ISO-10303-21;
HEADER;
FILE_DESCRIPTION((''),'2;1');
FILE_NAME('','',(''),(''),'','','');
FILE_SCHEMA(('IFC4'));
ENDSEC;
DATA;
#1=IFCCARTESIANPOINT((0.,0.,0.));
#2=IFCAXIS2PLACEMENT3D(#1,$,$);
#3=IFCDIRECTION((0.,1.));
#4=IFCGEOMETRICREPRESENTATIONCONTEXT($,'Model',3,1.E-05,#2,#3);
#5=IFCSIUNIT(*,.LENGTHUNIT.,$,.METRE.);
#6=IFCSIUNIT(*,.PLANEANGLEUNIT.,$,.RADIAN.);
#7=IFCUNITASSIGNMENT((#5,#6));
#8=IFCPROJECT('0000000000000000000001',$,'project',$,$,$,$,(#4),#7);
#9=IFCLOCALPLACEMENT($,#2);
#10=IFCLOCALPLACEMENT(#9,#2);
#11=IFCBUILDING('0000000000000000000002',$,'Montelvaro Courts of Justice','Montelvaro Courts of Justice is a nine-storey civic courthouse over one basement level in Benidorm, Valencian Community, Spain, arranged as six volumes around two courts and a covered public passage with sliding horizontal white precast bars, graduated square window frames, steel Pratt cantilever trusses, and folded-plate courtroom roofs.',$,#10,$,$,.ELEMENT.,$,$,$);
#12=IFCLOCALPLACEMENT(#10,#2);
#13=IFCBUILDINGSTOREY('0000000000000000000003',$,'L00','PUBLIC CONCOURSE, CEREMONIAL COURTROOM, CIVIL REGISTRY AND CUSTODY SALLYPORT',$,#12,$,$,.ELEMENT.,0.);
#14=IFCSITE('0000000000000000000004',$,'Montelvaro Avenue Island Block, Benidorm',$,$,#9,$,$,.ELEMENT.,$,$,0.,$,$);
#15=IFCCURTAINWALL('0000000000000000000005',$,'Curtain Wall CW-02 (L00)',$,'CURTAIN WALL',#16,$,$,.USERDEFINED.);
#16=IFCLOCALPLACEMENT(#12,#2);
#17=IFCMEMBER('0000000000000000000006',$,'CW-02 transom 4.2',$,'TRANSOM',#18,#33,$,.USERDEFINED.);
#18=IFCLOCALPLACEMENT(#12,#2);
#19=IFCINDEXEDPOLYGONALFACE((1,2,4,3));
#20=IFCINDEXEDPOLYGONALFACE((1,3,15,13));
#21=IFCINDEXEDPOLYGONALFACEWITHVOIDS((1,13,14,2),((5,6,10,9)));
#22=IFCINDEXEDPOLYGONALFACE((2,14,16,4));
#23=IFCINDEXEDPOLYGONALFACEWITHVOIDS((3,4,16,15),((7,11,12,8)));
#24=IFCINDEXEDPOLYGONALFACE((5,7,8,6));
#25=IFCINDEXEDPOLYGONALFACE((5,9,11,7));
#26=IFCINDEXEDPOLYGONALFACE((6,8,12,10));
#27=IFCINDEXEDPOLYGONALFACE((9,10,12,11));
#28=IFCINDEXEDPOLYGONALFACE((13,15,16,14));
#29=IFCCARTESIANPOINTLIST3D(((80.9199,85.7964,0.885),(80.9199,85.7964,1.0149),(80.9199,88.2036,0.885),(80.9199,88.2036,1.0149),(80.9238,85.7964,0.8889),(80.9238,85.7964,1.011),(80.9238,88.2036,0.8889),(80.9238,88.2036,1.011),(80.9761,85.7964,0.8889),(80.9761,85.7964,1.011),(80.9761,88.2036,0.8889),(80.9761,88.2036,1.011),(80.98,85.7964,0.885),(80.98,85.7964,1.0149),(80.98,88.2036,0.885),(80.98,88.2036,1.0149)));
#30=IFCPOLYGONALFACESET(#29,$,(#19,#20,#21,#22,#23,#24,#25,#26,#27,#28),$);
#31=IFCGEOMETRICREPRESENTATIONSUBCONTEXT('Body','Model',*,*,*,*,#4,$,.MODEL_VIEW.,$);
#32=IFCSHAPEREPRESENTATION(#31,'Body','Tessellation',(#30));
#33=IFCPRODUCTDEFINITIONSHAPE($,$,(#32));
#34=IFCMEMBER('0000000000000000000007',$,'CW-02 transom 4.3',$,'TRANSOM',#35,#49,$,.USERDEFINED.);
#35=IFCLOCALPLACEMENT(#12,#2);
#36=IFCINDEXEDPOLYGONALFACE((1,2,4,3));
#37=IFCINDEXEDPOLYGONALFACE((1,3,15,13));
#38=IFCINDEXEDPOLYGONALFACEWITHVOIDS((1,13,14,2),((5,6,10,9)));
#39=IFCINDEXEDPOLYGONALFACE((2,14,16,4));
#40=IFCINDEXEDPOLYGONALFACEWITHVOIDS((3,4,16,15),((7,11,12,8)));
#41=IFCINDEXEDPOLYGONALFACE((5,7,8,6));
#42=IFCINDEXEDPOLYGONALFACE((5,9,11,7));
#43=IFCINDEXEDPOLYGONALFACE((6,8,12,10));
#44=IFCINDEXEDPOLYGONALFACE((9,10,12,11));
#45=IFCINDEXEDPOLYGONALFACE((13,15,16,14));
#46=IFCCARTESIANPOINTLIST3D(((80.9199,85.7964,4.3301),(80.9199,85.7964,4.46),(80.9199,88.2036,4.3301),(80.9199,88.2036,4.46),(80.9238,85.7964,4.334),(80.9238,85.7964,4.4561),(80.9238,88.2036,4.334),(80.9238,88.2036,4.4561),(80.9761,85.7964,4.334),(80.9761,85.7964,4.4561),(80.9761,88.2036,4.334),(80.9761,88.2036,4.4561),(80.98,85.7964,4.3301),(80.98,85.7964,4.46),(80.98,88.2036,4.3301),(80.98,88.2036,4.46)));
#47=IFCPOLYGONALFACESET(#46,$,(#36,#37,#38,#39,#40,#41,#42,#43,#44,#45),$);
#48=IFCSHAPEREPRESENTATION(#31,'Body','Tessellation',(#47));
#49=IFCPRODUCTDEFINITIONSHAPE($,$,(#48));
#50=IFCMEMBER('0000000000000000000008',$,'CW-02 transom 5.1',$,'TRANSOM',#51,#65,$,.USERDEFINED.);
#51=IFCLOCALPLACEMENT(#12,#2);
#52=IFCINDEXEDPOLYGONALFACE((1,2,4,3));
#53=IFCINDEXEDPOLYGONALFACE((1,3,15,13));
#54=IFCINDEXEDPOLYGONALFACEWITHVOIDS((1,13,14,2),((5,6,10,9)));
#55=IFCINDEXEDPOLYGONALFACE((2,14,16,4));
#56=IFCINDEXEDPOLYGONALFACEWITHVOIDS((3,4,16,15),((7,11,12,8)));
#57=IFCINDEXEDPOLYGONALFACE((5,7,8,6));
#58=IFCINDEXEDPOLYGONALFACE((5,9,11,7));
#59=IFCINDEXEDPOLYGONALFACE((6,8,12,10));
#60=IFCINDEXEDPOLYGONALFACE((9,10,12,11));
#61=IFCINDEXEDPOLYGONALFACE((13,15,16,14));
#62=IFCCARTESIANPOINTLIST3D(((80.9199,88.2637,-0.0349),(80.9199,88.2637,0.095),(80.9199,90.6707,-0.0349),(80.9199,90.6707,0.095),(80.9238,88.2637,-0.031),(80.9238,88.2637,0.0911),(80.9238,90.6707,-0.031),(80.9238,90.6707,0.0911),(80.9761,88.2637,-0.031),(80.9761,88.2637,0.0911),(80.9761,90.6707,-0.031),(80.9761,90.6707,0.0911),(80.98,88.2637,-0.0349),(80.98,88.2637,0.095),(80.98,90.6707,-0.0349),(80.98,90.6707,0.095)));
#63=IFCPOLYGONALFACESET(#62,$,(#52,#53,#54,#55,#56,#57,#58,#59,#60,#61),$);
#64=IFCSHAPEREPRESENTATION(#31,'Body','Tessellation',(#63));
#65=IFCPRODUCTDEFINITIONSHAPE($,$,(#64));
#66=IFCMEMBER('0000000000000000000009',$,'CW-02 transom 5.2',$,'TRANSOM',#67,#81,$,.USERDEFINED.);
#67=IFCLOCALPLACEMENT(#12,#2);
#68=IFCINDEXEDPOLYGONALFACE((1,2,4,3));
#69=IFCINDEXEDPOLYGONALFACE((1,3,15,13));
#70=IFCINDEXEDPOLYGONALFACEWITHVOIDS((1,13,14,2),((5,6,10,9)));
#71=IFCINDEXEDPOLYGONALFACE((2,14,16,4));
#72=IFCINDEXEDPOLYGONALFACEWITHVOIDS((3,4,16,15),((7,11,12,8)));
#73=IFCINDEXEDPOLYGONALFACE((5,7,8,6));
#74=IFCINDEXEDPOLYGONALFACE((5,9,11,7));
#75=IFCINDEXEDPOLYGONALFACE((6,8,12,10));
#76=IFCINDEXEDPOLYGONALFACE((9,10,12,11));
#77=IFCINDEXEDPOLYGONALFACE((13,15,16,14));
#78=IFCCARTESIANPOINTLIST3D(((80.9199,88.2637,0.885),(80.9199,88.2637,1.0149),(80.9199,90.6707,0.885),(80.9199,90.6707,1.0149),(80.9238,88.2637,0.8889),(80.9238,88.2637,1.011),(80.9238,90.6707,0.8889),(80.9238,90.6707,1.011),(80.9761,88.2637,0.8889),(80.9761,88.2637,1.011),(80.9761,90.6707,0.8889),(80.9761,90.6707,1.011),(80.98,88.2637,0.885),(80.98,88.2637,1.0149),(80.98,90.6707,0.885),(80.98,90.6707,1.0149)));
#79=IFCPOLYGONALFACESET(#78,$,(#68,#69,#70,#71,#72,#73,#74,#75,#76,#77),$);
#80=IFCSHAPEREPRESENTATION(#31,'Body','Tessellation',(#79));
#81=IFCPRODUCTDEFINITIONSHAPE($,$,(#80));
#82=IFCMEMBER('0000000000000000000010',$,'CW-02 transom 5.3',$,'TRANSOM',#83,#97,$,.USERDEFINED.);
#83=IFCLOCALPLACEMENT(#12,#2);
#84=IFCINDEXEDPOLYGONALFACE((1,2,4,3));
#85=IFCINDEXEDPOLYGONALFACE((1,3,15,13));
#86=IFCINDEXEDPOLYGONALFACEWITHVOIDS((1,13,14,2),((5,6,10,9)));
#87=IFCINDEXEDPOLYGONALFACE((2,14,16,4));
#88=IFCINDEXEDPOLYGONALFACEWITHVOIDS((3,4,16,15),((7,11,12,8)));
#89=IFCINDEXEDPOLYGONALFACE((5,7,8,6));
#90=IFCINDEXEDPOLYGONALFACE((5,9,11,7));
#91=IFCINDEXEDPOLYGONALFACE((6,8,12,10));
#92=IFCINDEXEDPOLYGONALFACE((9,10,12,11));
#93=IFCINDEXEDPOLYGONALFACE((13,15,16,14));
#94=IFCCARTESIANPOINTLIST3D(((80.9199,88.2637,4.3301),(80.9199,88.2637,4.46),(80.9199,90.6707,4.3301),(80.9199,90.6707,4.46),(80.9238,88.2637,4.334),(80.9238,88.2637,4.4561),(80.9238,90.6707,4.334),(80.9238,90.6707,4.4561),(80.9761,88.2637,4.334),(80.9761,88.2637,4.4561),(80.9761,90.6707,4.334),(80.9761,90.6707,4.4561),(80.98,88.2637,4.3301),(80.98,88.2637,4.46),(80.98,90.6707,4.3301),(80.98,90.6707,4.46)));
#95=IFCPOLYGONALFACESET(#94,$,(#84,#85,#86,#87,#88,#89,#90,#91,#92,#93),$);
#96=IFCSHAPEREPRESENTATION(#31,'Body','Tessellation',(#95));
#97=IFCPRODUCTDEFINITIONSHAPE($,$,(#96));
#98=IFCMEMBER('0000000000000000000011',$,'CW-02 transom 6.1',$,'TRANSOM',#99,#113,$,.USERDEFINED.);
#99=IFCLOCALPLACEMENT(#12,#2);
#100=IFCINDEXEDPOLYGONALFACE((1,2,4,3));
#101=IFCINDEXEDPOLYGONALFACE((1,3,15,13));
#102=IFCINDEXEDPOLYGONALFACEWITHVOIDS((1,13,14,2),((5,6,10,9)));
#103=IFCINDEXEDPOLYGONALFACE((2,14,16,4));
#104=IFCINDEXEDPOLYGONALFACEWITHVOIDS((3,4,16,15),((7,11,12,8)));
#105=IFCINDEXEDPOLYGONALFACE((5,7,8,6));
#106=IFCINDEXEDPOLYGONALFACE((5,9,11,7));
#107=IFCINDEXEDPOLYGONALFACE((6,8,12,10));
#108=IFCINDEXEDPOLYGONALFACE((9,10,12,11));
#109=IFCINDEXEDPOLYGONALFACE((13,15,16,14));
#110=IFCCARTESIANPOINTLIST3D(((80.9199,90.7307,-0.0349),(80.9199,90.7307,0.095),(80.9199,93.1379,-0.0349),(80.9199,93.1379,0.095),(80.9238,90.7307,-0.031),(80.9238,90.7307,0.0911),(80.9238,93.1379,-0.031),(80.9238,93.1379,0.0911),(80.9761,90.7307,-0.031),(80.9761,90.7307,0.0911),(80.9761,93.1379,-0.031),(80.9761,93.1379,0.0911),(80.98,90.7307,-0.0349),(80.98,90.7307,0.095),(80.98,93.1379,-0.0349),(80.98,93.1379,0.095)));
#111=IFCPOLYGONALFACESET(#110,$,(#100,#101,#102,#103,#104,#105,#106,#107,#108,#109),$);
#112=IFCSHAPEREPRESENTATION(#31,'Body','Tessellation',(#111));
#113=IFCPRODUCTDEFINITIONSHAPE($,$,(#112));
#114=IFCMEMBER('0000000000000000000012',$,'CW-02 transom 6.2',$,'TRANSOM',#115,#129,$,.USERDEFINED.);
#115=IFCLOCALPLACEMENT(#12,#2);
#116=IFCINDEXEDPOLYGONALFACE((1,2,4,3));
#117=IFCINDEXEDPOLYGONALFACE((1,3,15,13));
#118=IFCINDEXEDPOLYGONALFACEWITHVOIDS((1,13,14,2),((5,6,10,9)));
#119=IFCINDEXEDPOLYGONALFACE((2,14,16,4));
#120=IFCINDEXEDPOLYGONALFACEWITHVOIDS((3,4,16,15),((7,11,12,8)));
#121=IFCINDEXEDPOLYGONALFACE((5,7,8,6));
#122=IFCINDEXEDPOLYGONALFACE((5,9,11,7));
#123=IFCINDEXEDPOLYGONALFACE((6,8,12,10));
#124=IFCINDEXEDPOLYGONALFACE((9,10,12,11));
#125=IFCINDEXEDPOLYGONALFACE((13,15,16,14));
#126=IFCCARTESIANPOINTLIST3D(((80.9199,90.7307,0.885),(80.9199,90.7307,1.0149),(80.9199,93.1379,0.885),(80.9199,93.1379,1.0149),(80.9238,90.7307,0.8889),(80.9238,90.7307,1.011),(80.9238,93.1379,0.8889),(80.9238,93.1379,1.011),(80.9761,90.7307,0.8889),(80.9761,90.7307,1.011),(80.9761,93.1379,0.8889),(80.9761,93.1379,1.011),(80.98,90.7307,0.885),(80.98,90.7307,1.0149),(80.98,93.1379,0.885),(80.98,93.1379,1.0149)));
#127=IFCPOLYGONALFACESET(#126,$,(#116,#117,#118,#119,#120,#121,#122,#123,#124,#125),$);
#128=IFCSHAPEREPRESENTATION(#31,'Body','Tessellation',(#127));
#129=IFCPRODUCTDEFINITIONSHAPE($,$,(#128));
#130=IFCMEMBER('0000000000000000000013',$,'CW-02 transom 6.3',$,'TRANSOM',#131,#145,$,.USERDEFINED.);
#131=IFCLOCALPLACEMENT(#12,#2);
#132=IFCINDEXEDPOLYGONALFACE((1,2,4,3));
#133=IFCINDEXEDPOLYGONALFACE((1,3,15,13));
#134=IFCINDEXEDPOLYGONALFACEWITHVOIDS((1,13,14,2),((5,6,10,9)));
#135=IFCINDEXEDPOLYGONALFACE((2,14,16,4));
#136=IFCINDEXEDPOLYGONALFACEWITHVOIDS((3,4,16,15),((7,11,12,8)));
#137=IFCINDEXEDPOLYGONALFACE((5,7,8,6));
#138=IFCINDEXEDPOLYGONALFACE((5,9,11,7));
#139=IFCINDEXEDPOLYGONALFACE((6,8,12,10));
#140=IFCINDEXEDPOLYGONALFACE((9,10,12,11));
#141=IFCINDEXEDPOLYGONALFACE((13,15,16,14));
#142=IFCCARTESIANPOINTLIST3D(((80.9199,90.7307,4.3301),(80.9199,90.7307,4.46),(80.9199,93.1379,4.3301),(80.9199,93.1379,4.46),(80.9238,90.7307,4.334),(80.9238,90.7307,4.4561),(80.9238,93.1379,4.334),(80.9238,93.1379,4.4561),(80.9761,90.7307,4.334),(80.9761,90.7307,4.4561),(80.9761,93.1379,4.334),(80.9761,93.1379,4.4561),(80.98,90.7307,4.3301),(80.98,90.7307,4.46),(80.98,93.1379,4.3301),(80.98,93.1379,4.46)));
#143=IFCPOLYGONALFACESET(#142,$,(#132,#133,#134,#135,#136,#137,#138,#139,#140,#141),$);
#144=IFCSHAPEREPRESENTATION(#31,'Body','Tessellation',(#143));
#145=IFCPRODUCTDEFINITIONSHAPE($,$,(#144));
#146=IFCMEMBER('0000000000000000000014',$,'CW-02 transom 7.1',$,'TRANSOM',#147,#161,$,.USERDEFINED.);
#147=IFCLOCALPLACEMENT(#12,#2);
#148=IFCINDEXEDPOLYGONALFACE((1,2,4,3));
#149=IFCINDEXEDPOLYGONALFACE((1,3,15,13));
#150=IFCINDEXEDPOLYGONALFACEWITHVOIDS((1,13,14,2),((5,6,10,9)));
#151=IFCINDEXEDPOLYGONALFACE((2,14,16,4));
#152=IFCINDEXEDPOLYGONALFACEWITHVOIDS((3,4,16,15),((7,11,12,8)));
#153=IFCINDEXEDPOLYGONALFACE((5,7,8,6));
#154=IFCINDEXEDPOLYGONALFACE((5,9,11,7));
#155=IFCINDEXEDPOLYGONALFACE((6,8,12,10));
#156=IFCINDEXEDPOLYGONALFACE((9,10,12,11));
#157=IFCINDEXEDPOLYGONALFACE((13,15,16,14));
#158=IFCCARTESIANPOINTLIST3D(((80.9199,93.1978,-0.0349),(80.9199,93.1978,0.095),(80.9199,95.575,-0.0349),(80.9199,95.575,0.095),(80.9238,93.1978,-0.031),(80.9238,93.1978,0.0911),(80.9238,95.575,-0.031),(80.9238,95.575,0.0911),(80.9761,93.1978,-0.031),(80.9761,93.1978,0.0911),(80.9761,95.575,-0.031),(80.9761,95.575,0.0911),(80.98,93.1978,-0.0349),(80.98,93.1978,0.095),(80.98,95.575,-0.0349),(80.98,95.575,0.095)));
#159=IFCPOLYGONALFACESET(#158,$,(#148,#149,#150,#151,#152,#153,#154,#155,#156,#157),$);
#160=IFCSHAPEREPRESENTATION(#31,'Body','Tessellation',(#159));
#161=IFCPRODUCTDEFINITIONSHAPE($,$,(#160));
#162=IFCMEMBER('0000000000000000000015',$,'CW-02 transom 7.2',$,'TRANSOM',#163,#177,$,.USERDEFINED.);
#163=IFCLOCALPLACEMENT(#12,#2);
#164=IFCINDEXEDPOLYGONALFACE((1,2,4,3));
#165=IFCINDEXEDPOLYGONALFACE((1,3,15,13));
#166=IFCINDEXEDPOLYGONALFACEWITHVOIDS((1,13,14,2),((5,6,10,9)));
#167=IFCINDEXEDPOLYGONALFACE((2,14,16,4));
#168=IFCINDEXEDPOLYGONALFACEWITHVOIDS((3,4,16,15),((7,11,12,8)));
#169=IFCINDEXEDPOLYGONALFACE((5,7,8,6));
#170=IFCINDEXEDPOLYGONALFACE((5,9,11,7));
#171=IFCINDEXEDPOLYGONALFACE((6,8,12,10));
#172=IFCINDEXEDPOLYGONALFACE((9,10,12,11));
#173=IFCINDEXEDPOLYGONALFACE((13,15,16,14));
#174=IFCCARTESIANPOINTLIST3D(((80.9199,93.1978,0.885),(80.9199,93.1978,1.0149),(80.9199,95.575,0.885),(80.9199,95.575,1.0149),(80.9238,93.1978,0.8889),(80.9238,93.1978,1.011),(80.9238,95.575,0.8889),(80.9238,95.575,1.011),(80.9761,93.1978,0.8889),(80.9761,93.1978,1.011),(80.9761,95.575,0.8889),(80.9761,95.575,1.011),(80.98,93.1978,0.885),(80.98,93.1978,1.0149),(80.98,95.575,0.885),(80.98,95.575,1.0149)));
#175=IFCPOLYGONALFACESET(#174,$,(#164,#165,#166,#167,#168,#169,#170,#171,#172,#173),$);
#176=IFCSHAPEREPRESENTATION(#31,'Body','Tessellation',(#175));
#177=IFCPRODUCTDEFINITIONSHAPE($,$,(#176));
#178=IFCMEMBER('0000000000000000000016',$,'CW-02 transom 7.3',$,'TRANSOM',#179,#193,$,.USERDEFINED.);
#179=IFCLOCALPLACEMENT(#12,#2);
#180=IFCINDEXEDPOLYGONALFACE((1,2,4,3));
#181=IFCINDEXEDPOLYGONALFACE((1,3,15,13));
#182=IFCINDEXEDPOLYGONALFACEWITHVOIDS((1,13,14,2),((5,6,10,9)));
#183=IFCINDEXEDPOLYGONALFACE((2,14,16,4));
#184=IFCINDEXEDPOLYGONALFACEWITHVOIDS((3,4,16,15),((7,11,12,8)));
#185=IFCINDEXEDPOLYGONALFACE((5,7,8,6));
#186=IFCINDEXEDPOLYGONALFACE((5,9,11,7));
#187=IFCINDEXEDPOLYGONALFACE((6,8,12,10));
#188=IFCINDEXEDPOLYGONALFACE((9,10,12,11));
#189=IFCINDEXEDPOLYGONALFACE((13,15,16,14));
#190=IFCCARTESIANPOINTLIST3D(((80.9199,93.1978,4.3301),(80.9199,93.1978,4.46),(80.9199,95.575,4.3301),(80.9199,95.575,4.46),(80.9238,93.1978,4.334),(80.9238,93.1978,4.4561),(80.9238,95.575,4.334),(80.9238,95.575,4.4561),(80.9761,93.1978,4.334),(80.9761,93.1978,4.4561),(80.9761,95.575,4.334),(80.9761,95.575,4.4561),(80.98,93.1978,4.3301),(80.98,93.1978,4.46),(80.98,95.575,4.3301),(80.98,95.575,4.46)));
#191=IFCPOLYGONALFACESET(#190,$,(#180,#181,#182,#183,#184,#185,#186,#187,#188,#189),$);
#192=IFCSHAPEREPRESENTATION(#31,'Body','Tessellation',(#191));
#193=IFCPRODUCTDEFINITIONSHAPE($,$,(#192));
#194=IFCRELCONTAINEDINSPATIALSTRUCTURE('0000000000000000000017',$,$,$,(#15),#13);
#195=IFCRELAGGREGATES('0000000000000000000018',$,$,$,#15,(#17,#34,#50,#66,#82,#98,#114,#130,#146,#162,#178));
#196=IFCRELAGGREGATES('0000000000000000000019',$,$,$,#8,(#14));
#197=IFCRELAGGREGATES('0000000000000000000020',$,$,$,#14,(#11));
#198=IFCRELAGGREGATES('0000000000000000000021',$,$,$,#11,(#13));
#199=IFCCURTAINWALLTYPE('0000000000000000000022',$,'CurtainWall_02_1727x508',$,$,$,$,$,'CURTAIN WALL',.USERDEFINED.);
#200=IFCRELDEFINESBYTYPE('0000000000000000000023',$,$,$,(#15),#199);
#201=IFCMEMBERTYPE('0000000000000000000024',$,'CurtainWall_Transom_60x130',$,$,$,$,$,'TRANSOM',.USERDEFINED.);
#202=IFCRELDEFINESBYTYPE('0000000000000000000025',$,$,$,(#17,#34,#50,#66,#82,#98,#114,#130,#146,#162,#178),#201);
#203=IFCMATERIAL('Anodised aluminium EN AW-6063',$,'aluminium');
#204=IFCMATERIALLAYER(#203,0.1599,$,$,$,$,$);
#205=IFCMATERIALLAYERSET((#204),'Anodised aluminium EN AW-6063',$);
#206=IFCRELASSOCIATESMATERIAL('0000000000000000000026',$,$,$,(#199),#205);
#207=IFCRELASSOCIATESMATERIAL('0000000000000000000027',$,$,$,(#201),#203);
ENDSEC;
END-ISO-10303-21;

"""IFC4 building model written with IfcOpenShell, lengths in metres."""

from ifc_helpers import new_model, si_unit, direction, frame, origin, origin_2d, place, context, subcontext, project, spatial, hollow_rectangle, extrude, material, layer, layer_set, material_profile, profile_set, type_object, element, aggregate, save


model = new_model("IFC4")

# Units and contexts
model_context = context("Model", 3, precision=1e-05, world=origin(), true_north=direction((0.0, 1.0)))
body_context = subcontext(model_context, "Body", "Model", "MODEL_VIEW")
ifc_project = project(units=[si_unit("LENGTHUNIT", "METRE"), si_unit("PLANEANGLEUNIT", "RADIAN")], contexts=[model_context])

# Site, building, storey
site_placement = place(None, origin())
site = spatial("IfcSite", under=ifc_project, at=site_placement, Name="Montelvaro Avenue Island Block, Benidorm", CompositionType="ELEMENT", RefElevation=0.0)
building_placement = place(site_placement, origin())
building = spatial("IfcBuilding", under=site, at=building_placement, Name="Montelvaro Courts of Justice", Description="Montelvaro Courts of Justice is a nine-storey civic courthouse over one basement level in Benidorm, Valencian Community, Spain, arranged as six volumes around two courts and a covered public passage with sliding horizontal white precast bars, graduated square window frames, steel Pratt cantilever trusses, and folded-plate courtroom roofs.", CompositionType="ELEMENT")
storey_placement = place(building_placement, origin())
storey = spatial("IfcBuildingStorey", under=building, at=storey_placement, Name="L00", Description="PUBLIC CONCOURSE, CEREMONIAL COURTROOM, CIVIL REGISTRY AND CUSTODY SALLYPORT", CompositionType="ELEMENT", Elevation=0.0)

# Curtain wall
ifc_material_1 = material(Name="Anodised aluminium EN AW-6063", Category="aluminium")
ifc_layer_1 = layer(ifc_material_1, 0.1599)
ifc_layer_set_1 = layer_set([ifc_layer_1], Name="Anodised aluminium EN AW-6063")
curtain_wall_type_1 = type_object("IfcCurtainWallType", Name="CurtainWall_02_1727x508", ElementType="CURTAIN WALL", PredefinedType="USERDEFINED", material=ifc_layer_set_1)
curtain_wall_1_placement = place(storey_placement, origin())
curtain_wall_1 = element("IfcCurtainWall", 1, at=curtain_wall_1_placement, inside=storey, type_object=curtain_wall_type_1, Name="Curtain Wall CW-02 (L00)", ObjectType="CURTAIN WALL", PredefinedType="USERDEFINED")

# Members
ifc_material_profile_1 = material_profile(ifc_material_1, hollow_rectangle(XDim=0.0601, YDim=0.1299, WallThickness=0.0039, at=origin_2d()), Name="ALU-T 60x130")
ifc_profile_set_1 = profile_set([ifc_material_profile_1], Name="Anodised aluminium EN AW-6063")
member_type_1 = type_object("IfcMemberType", Name="CurtainWall_Transom_60x130", ElementType="TRANSOM", PredefinedType="USERDEFINED", material=ifc_profile_set_1)
member_1_placement = place(storey_placement, frame((80.95, 85.7964, 0.95), z_axis=(0.0, 1.0, 0.0), x_axis=(-1.0, 0.0, 0.0)))
member_1 = element("IfcMember", 2, at=member_1_placement, type_object=member_type_1, Name="CW-02 transom 4.2", ObjectType="TRANSOM", PredefinedType="USERDEFINED", context=body_context, shape_type="SweptSolid", body=[
    extrude(hollow_rectangle(XDim=0.0601, YDim=0.1299, WallThickness=0.0039, at=origin_2d()), origin(), (0.0, 0.0, 1.0), 2.4072),
])
member_2_placement = place(storey_placement, frame((80.95, 85.7964, 4.395), z_axis=(0.0, 1.0, 0.0), x_axis=(-1.0, 0.0, 0.0)))
member_2 = element("IfcMember", 3, at=member_2_placement, type_object=member_type_1, Name="CW-02 transom 4.3", ObjectType="TRANSOM", PredefinedType="USERDEFINED", context=body_context, shape_type="SweptSolid", body=[
    extrude(hollow_rectangle(XDim=0.0601, YDim=0.1299, WallThickness=0.0039, at=origin_2d()), origin(), (0.0, 0.0, 1.0), 2.4072),
])
member_3_placement = place(storey_placement, frame((80.95, 88.2637, 0.03), z_axis=(0.0, 1.0, 0.0), x_axis=(-1.0, 0.0, 0.0)))
member_3 = element("IfcMember", 4, at=member_3_placement, type_object=member_type_1, Name="CW-02 transom 5.1", ObjectType="TRANSOM", PredefinedType="USERDEFINED", context=body_context, shape_type="SweptSolid", body=[
    extrude(hollow_rectangle(XDim=0.0601, YDim=0.1299, WallThickness=0.0039, at=origin_2d()), origin(), (0.0, 0.0, 1.0), 2.407),
])
member_4_placement = place(storey_placement, frame((80.95, 88.2637, 0.95), z_axis=(0.0, 1.0, 0.0), x_axis=(-1.0, 0.0, 0.0)))
member_4 = element("IfcMember", 5, at=member_4_placement, type_object=member_type_1, Name="CW-02 transom 5.2", ObjectType="TRANSOM", PredefinedType="USERDEFINED", context=body_context, shape_type="SweptSolid", body=[
    extrude(hollow_rectangle(XDim=0.0601, YDim=0.1299, WallThickness=0.0039, at=origin_2d()), origin(), (0.0, 0.0, 1.0), 2.407),
])
member_5_placement = place(storey_placement, frame((80.95, 88.2637, 4.395), z_axis=(0.0, 1.0, 0.0), x_axis=(-1.0, 0.0, 0.0)))
member_5 = element("IfcMember", 6, at=member_5_placement, type_object=member_type_1, Name="CW-02 transom 5.3", ObjectType="TRANSOM", PredefinedType="USERDEFINED", context=body_context, shape_type="SweptSolid", body=[
    extrude(hollow_rectangle(XDim=0.0601, YDim=0.1299, WallThickness=0.0039, at=origin_2d()), origin(), (0.0, 0.0, 1.0), 2.407),
])
member_6_placement = place(storey_placement, frame((80.95, 90.7307, 0.03), z_axis=(0.0, 1.0, 0.0), x_axis=(-1.0, 0.0, 0.0)))
member_6 = element("IfcMember", 7, at=member_6_placement, type_object=member_type_1, Name="CW-02 transom 6.1", ObjectType="TRANSOM", PredefinedType="USERDEFINED", context=body_context, shape_type="SweptSolid", body=[
    extrude(hollow_rectangle(XDim=0.0601, YDim=0.1299, WallThickness=0.0039, at=origin_2d()), origin(), (0.0, 0.0, 1.0), 2.4072),
])
member_7_placement = place(storey_placement, frame((80.95, 90.7307, 0.95), z_axis=(0.0, 1.0, 0.0), x_axis=(-1.0, 0.0, 0.0)))
member_7 = element("IfcMember", 8, at=member_7_placement, type_object=member_type_1, Name="CW-02 transom 6.2", ObjectType="TRANSOM", PredefinedType="USERDEFINED", context=body_context, shape_type="SweptSolid", body=[
    extrude(hollow_rectangle(XDim=0.0601, YDim=0.1299, WallThickness=0.0039, at=origin_2d()), origin(), (0.0, 0.0, 1.0), 2.4072),
])
member_8_placement = place(storey_placement, frame((80.95, 90.7307, 4.395), z_axis=(0.0, 1.0, 0.0), x_axis=(-1.0, 0.0, 0.0)))
member_8 = element("IfcMember", 9, at=member_8_placement, type_object=member_type_1, Name="CW-02 transom 6.3", ObjectType="TRANSOM", PredefinedType="USERDEFINED", context=body_context, shape_type="SweptSolid", body=[
    extrude(hollow_rectangle(XDim=0.0601, YDim=0.1299, WallThickness=0.0039, at=origin_2d()), origin(), (0.0, 0.0, 1.0), 2.4072),
])
member_9_placement = place(storey_placement, frame((80.95, 93.1978, 0.03), z_axis=(0.0, 1.0, 0.0), x_axis=(-1.0, 0.0, 0.0)))
member_9 = element("IfcMember", 10, at=member_9_placement, type_object=member_type_1, Name="CW-02 transom 7.1", ObjectType="TRANSOM", PredefinedType="USERDEFINED", context=body_context, shape_type="SweptSolid", body=[
    extrude(hollow_rectangle(XDim=0.0601, YDim=0.1299, WallThickness=0.0039, at=origin_2d()), origin(), (0.0, 0.0, 1.0), 2.3772),
])
member_10_placement = place(storey_placement, frame((80.95, 93.1978, 0.95), z_axis=(0.0, 1.0, 0.0), x_axis=(-1.0, 0.0, 0.0)))
member_10 = element("IfcMember", 11, at=member_10_placement, type_object=member_type_1, Name="CW-02 transom 7.2", ObjectType="TRANSOM", PredefinedType="USERDEFINED", context=body_context, shape_type="SweptSolid", body=[
    extrude(hollow_rectangle(XDim=0.0601, YDim=0.1299, WallThickness=0.0039, at=origin_2d()), origin(), (0.0, 0.0, 1.0), 2.3772),
])
member_11_placement = place(storey_placement, frame((80.95, 93.1978, 4.395), z_axis=(0.0, 1.0, 0.0), x_axis=(-1.0, 0.0, 0.0)))
member_11 = element("IfcMember", 12, at=member_11_placement, type_object=member_type_1, Name="CW-02 transom 7.3", ObjectType="TRANSOM", PredefinedType="USERDEFINED", context=body_context, shape_type="SweptSolid", body=[
    extrude(hollow_rectangle(XDim=0.0601, YDim=0.1299, WallThickness=0.0039, at=origin_2d()), origin(), (0.0, 0.0, 1.0), 2.3772),
])

aggregate(curtain_wall_1, [member_1, member_2, member_3, member_4, member_5, member_6, member_7, member_8, member_9, member_10, member_11])

save(model, "model.ifc")
